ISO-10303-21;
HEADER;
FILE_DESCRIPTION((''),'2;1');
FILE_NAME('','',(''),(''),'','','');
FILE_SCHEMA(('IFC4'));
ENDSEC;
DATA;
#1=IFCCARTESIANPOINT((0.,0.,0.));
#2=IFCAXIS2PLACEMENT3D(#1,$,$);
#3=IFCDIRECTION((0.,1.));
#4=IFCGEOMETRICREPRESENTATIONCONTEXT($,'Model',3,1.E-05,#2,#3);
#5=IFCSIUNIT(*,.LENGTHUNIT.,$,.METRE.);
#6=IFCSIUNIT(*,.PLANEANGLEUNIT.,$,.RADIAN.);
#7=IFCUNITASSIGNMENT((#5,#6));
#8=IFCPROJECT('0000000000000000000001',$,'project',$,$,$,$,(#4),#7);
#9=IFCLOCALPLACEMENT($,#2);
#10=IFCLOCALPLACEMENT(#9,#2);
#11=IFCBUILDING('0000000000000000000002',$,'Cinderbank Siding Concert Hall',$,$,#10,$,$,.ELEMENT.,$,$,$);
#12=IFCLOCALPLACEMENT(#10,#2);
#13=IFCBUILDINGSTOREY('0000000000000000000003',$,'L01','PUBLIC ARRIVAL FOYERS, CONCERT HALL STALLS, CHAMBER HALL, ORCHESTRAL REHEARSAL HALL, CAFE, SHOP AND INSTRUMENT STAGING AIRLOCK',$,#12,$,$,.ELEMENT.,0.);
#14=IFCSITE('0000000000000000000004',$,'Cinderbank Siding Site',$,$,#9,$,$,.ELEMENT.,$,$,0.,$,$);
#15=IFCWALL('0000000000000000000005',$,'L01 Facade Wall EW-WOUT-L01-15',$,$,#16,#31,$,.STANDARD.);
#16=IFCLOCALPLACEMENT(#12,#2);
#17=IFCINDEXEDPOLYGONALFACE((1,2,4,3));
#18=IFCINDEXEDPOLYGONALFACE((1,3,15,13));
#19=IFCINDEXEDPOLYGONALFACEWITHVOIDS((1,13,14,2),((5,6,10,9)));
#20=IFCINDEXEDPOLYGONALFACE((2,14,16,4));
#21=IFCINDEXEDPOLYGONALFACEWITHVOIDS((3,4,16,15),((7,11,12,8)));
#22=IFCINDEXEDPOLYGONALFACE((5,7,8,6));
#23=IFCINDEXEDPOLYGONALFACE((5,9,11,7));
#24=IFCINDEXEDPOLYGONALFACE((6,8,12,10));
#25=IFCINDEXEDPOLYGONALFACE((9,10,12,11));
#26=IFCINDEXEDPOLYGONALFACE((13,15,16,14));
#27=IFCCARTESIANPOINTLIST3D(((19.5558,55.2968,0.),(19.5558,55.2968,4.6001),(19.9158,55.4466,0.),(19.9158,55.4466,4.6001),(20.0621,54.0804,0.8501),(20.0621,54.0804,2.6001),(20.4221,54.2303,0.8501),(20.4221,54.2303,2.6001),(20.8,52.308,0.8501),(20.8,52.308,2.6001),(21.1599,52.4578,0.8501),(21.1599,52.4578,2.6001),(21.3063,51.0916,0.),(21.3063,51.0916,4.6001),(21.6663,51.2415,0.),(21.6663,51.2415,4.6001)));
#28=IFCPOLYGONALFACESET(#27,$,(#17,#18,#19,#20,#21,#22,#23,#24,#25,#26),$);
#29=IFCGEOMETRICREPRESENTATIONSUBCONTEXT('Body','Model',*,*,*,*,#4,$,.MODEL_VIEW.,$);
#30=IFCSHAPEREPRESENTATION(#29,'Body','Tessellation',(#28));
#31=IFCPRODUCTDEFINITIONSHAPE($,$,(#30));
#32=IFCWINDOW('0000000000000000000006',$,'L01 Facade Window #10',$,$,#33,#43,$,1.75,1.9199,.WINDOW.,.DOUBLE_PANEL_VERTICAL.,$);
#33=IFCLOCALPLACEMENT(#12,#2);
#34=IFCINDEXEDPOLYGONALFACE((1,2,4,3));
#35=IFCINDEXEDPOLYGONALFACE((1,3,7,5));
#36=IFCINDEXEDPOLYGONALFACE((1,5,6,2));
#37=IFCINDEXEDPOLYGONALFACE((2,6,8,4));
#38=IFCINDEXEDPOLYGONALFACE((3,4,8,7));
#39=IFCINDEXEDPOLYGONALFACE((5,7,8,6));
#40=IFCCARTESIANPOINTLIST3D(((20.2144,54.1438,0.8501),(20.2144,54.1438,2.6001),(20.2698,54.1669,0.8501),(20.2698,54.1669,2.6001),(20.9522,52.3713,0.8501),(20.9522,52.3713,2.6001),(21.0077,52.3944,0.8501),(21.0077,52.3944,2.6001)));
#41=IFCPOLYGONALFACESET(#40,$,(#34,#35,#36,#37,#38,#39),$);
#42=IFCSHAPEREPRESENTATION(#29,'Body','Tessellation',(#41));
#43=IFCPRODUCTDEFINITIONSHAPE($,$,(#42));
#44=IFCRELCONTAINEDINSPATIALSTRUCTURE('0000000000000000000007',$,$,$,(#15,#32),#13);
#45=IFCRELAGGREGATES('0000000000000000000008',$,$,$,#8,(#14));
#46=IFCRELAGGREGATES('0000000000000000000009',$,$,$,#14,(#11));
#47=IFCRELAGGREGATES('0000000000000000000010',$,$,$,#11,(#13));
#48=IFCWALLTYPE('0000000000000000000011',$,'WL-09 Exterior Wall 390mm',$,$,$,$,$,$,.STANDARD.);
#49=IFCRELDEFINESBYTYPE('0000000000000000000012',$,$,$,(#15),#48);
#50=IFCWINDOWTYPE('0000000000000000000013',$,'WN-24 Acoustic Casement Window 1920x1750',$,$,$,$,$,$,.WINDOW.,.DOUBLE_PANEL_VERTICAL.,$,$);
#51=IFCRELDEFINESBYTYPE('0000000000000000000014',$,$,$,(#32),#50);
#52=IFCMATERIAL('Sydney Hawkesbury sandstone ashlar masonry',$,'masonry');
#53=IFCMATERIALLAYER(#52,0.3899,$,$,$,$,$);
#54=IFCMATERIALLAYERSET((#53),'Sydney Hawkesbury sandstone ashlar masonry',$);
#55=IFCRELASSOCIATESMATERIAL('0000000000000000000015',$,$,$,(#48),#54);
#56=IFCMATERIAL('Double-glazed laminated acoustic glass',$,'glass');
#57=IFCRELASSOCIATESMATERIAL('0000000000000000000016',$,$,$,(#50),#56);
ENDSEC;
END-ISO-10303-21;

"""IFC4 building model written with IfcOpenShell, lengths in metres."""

from ifc_helpers import new_model, si_unit, direction, frame, frame_2d, origin, place, context, subcontext, project, spatial, rectangle, extrude, material, layer, layer_set, type_object, element, fill, save


model = new_model("IFC4")

# Units and contexts
model_context = context("Model", 3, precision=1e-05, world=origin(), true_north=direction((0.0, 1.0)))
body_context = subcontext(model_context, "Body", "Model", "MODEL_VIEW")
ifc_project = project(units=[si_unit("LENGTHUNIT", "METRE"), si_unit("PLANEANGLEUNIT", "RADIAN")], contexts=[model_context])

# Site, building, storey
site_placement = place(None, origin())
site = spatial("IfcSite", under=ifc_project, at=site_placement, Name="Cinderbank Siding Site", CompositionType="ELEMENT", RefElevation=0.0)
building_placement = place(site_placement, origin())
building = spatial("IfcBuilding", under=site, at=building_placement, Name="Cinderbank Siding Concert Hall", CompositionType="ELEMENT")
storey_placement = place(building_placement, origin())
storey = spatial("IfcBuildingStorey", under=building, at=storey_placement, Name="L01", Description="PUBLIC ARRIVAL FOYERS, CONCERT HALL STALLS, CHAMBER HALL, ORCHESTRAL REHEARSAL HALL, CAFE, SHOP AND INSTRUMENT STAGING AIRLOCK", CompositionType="ELEMENT", Elevation=0.0)

# Wall, opening, window
ifc_material_1 = material(Name="Sydney Hawkesbury sandstone ashlar masonry", Category="masonry")
ifc_layer = layer(ifc_material_1, 0.3899)
ifc_layer_set = layer_set([ifc_layer], Name="Sydney Hawkesbury sandstone ashlar masonry")
wall_type = type_object("IfcWallType", Name="WL-09 Exterior Wall 390mm", PredefinedType="STANDARD", material=ifc_layer_set)
ifc_material_2 = material(Name="Double-glazed laminated acoustic glass", Category="glass")
wall_1_placement = place(storey_placement, frame((19.7358, 55.3716, 0.0), z_axis=(0.0, 0.0, 1.0), x_axis=(0.384311, -0.923204, 0.0)))
wall_1 = element("IfcWall", 1, at=wall_1_placement, inside=storey, type_object=wall_type, Name="L01 Facade Wall EW-WOUT-L01-15", PredefinedType="STANDARD", context=body_context, shape_type="SweptSolid", body=[
    extrude(rectangle(XDim=4.5549, YDim=0.3899, at=frame_2d((2.2773, 0.0))), origin(), (0.0, 0.0, 1.0), 4.6001),
])
opening_1_placement = place(wall_1_placement, frame((1.3174, 0.0, 0.8501)))
opening_1 = element("IfcOpeningElement", 2, at=opening_1_placement, cuts=wall_1, PredefinedType="OPENING", context=body_context, shape_type="SweptSolid", body=[
    extrude(rectangle(XDim=1.9199, YDim=1.75, at=frame_2d((0.96, 0.875))), frame((0.0, 0.207, 0.0), z_axis=(0.0, -1.0, 0.0), x_axis=(1.0, 0.0, 0.0)), (0.0, 0.0, 1.0), 0.4138),
])
window_type_1 = type_object("IfcWindowType", Name="WN-24 Acoustic Casement Window 1920x1750", PartitioningType="DOUBLE_PANEL_VERTICAL", PredefinedType="WINDOW", material=ifc_material_2)
window_1_placement = place(opening_1_placement, origin())
window_1 = element("IfcWindow", 3, at=window_1_placement, inside=storey, type_object=window_type_1, Name="L01 Facade Window #10", OverallHeight=1.75, OverallWidth=1.9199, PartitioningType="DOUBLE_PANEL_VERTICAL", PredefinedType="WINDOW", context=body_context, shape_type="SweptSolid", body=[
    extrude(rectangle(XDim=1.9199, YDim=1.75, at=frame_2d((0.96, 0.875))), frame((0.0, 0.03, 0.0), z_axis=(0.0, -1.0, 0.0), x_axis=(1.0, 0.0, 0.0)), (0.0, 0.0, 1.0), 0.0601),
])
fill(opening_1, window_1)

save(model, "model.ifc")
